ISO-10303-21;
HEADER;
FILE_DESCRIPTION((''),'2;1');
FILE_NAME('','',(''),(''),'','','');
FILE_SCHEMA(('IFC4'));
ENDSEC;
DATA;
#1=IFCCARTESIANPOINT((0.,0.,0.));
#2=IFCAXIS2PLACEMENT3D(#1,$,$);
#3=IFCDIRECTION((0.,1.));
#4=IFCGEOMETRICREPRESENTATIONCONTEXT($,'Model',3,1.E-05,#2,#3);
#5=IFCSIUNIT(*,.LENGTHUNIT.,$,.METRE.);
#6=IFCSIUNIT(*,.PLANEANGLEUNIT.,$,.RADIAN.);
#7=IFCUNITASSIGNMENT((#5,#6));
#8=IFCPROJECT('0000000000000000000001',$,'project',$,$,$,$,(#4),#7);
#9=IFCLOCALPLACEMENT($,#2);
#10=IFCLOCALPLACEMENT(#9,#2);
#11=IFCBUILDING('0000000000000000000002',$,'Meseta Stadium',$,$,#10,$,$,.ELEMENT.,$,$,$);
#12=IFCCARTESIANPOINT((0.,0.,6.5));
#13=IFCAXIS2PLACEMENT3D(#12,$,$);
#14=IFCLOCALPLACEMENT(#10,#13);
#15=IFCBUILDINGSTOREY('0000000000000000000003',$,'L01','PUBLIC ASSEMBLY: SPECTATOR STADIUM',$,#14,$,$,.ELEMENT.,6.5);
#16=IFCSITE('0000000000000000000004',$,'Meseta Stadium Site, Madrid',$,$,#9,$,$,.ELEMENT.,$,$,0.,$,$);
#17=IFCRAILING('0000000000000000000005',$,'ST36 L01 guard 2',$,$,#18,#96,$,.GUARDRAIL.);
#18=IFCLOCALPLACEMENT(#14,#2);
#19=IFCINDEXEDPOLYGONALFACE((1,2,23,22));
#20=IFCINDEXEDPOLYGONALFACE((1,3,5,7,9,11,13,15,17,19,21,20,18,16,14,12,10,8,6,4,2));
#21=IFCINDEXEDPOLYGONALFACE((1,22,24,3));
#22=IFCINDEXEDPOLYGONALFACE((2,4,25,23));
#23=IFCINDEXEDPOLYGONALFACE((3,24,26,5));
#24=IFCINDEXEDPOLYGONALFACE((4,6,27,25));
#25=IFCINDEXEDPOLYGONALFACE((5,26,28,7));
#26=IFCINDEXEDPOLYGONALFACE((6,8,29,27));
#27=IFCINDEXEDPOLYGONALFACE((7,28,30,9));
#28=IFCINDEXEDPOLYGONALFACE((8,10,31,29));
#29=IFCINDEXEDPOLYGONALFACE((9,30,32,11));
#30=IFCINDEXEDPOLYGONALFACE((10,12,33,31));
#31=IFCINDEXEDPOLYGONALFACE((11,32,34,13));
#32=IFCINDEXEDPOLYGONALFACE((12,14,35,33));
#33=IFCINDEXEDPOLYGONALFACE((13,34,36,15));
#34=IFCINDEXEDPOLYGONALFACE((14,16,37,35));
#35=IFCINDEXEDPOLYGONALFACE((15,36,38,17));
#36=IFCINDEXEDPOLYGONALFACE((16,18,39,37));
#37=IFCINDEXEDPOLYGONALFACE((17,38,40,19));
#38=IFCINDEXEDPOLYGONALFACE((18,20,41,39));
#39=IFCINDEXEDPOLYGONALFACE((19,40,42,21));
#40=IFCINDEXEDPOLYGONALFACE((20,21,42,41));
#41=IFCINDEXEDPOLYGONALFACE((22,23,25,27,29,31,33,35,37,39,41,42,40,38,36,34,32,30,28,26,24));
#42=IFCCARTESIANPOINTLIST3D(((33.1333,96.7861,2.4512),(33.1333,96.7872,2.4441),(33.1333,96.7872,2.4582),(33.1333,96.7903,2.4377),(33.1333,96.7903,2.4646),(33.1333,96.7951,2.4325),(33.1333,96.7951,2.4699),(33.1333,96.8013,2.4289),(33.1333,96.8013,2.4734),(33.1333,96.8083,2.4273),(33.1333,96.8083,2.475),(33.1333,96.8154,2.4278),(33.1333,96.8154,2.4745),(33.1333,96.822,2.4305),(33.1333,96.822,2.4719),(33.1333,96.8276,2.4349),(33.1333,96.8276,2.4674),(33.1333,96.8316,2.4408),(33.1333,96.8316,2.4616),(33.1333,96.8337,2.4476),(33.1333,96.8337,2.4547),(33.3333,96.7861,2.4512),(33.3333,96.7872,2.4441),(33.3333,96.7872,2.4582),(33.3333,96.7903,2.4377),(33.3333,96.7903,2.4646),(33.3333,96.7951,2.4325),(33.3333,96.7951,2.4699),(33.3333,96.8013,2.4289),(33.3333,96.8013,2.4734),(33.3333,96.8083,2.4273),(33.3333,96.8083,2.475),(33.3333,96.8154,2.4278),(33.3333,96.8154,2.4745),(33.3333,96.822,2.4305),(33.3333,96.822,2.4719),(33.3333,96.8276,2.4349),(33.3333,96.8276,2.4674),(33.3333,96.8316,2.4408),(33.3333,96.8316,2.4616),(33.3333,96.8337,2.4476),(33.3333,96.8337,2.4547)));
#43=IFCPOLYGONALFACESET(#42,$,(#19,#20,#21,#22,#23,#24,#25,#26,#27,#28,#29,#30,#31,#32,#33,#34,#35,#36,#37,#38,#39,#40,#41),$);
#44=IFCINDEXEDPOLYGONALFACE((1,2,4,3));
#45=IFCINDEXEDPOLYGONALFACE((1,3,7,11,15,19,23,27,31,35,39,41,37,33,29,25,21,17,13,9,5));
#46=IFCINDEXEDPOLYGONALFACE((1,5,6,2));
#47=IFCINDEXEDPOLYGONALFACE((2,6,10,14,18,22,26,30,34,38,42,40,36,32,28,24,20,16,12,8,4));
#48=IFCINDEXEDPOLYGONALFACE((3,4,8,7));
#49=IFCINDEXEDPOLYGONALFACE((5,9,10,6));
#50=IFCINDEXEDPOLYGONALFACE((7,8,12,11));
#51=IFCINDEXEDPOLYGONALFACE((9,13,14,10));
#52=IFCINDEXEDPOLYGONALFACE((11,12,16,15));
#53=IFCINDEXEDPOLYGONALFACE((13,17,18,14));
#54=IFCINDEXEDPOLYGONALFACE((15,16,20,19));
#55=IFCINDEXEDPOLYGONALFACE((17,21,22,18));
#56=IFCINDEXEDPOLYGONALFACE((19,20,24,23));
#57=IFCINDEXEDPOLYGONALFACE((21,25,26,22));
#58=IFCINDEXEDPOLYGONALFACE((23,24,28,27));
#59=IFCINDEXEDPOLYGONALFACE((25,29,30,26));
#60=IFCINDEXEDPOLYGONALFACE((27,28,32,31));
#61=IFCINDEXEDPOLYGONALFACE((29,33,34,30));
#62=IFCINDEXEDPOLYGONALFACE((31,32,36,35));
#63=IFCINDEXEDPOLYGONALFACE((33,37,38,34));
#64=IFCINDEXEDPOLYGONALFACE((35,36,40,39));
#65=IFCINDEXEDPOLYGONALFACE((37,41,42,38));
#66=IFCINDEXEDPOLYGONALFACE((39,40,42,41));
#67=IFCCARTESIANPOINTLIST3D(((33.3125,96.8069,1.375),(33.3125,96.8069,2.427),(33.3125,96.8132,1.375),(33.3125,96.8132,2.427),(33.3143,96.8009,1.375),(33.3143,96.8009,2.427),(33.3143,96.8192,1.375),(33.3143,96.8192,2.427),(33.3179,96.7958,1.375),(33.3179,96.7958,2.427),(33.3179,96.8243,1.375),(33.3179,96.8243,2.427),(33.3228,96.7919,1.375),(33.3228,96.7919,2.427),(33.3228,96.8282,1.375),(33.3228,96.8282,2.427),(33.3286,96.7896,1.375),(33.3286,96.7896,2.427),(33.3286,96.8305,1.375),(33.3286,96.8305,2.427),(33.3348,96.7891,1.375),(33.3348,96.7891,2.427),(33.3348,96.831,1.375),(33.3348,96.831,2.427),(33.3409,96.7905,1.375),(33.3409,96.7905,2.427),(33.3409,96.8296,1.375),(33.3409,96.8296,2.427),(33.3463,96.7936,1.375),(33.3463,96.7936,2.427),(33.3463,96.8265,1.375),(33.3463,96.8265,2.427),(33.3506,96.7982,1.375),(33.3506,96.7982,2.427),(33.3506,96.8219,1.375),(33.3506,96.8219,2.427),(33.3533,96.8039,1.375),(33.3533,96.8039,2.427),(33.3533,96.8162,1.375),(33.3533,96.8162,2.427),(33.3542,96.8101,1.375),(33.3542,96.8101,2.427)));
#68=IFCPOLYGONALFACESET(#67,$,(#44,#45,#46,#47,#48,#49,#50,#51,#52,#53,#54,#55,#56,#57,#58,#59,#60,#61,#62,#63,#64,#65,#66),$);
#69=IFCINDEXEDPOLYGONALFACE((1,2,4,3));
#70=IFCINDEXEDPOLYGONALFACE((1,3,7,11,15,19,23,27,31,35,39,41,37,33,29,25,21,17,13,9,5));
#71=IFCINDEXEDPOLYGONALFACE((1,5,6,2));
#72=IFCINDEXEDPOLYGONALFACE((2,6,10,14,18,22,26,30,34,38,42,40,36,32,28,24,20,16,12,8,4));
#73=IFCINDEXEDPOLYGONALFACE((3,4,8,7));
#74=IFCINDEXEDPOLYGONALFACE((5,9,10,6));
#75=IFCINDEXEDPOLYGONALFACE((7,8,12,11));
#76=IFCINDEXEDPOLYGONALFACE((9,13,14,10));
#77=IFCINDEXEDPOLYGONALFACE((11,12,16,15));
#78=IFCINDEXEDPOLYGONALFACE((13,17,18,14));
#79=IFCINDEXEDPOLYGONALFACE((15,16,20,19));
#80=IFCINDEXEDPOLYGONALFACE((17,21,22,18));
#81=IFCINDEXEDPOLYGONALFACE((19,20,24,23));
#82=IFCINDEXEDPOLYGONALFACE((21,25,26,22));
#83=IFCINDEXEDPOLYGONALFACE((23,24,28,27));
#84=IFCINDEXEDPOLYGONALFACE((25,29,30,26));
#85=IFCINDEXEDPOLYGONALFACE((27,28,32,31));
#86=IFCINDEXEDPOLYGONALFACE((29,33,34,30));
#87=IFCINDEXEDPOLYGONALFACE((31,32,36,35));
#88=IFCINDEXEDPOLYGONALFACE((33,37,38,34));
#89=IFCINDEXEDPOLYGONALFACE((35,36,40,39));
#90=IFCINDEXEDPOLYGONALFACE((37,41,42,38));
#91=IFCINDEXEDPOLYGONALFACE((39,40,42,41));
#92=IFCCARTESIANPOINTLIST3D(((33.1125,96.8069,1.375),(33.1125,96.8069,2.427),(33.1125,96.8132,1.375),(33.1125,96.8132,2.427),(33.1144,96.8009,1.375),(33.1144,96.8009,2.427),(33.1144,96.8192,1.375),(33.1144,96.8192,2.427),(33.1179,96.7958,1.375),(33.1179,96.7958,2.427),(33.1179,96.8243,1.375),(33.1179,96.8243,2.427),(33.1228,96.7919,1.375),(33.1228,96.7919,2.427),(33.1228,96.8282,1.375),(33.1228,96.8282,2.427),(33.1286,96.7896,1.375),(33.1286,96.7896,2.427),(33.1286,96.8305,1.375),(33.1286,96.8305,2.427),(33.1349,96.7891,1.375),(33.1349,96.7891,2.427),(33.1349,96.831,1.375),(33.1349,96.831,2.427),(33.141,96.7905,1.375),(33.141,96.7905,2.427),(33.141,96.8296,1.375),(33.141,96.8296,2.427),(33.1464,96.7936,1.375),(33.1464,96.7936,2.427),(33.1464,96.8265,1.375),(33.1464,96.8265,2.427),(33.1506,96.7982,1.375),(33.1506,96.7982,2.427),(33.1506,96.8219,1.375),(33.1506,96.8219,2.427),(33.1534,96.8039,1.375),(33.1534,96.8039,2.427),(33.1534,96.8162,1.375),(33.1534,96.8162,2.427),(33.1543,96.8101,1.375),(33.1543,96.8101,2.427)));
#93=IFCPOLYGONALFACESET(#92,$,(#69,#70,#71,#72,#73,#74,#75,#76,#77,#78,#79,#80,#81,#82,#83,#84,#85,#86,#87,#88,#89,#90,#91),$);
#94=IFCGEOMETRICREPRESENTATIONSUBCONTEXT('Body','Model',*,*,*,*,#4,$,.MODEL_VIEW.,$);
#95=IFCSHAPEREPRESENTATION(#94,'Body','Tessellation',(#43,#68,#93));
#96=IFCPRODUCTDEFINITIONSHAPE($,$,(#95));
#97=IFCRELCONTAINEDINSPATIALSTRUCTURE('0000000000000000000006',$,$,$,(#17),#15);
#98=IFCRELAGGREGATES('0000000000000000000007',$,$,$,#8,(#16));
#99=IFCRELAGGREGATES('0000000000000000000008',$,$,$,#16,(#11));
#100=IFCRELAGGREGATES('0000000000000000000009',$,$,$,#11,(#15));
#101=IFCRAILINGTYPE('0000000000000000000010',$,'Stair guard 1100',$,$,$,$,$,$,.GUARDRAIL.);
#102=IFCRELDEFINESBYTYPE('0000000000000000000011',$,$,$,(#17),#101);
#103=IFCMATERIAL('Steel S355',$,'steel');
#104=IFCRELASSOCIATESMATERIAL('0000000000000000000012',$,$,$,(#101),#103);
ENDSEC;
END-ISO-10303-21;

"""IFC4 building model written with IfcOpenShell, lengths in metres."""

from ifc_helpers import new_model, si_unit, direction, frame, origin, origin_2d, place, context, subcontext, project, spatial, circle, extrude, material, type_object, element, save


model = new_model("IFC4")

# Units and contexts
model_context = context("Model", 3, precision=1e-05, world=origin(), true_north=direction((0.0, 1.0)))
body_context = subcontext(model_context, "Body", "Model", "MODEL_VIEW")
ifc_project = project(units=[si_unit("LENGTHUNIT", "METRE"), si_unit("PLANEANGLEUNIT", "RADIAN")], contexts=[model_context])

# Site, building, storey
site_placement = place(None, origin())
site = spatial("IfcSite", under=ifc_project, at=site_placement, Name="Meseta Stadium Site, Madrid", CompositionType="ELEMENT", RefElevation=0.0)
building_placement = place(site_placement, origin())
building = spatial("IfcBuilding", under=site, at=building_placement, Name="Meseta Stadium", CompositionType="ELEMENT")
storey_placement = place(building_placement, frame((0.0, 0.0, 6.5)))
storey = spatial("IfcBuildingStorey", under=building, at=storey_placement, Name="L01", Description="PUBLIC ASSEMBLY: SPECTATOR STADIUM", CompositionType="ELEMENT", Elevation=6.5)

# Railing
ifc_material_1 = material(Name="Steel S355", Category="steel")
railing_type_1 = type_object("IfcRailingType", Name="Stair guard 1100", PredefinedType="GUARDRAIL", material=ifc_material_1)
railing_1_placement = place(storey_placement, frame((33.3333, 96.8101, 1.375)))
element("IfcRailing", 1, at=railing_1_placement, inside=storey, type_object=railing_type_1, Name="ST36 L01 guard 2", PredefinedType="GUARDRAIL", context=body_context, shape_type="SweptSolid", body=[
    extrude(circle(Radius=0.0239, at=origin_2d()), frame((0.0, 0.0, 1.0762), z_axis=(-1.0, 0.0, 0.0), x_axis=(0.0, -1.0, 0.0)), (0.0, 0.0, 1.0), 0.2),
    extrude(circle(Radius=0.021, at=origin_2d()), origin(), (0.0, 0.0, 1.0), 1.052),
    extrude(circle(Radius=0.021, at=origin_2d()), frame((-0.2, 0.0, 0.0)), (0.0, 0.0, 1.0), 1.052),
])

save(model, "model.ifc")
